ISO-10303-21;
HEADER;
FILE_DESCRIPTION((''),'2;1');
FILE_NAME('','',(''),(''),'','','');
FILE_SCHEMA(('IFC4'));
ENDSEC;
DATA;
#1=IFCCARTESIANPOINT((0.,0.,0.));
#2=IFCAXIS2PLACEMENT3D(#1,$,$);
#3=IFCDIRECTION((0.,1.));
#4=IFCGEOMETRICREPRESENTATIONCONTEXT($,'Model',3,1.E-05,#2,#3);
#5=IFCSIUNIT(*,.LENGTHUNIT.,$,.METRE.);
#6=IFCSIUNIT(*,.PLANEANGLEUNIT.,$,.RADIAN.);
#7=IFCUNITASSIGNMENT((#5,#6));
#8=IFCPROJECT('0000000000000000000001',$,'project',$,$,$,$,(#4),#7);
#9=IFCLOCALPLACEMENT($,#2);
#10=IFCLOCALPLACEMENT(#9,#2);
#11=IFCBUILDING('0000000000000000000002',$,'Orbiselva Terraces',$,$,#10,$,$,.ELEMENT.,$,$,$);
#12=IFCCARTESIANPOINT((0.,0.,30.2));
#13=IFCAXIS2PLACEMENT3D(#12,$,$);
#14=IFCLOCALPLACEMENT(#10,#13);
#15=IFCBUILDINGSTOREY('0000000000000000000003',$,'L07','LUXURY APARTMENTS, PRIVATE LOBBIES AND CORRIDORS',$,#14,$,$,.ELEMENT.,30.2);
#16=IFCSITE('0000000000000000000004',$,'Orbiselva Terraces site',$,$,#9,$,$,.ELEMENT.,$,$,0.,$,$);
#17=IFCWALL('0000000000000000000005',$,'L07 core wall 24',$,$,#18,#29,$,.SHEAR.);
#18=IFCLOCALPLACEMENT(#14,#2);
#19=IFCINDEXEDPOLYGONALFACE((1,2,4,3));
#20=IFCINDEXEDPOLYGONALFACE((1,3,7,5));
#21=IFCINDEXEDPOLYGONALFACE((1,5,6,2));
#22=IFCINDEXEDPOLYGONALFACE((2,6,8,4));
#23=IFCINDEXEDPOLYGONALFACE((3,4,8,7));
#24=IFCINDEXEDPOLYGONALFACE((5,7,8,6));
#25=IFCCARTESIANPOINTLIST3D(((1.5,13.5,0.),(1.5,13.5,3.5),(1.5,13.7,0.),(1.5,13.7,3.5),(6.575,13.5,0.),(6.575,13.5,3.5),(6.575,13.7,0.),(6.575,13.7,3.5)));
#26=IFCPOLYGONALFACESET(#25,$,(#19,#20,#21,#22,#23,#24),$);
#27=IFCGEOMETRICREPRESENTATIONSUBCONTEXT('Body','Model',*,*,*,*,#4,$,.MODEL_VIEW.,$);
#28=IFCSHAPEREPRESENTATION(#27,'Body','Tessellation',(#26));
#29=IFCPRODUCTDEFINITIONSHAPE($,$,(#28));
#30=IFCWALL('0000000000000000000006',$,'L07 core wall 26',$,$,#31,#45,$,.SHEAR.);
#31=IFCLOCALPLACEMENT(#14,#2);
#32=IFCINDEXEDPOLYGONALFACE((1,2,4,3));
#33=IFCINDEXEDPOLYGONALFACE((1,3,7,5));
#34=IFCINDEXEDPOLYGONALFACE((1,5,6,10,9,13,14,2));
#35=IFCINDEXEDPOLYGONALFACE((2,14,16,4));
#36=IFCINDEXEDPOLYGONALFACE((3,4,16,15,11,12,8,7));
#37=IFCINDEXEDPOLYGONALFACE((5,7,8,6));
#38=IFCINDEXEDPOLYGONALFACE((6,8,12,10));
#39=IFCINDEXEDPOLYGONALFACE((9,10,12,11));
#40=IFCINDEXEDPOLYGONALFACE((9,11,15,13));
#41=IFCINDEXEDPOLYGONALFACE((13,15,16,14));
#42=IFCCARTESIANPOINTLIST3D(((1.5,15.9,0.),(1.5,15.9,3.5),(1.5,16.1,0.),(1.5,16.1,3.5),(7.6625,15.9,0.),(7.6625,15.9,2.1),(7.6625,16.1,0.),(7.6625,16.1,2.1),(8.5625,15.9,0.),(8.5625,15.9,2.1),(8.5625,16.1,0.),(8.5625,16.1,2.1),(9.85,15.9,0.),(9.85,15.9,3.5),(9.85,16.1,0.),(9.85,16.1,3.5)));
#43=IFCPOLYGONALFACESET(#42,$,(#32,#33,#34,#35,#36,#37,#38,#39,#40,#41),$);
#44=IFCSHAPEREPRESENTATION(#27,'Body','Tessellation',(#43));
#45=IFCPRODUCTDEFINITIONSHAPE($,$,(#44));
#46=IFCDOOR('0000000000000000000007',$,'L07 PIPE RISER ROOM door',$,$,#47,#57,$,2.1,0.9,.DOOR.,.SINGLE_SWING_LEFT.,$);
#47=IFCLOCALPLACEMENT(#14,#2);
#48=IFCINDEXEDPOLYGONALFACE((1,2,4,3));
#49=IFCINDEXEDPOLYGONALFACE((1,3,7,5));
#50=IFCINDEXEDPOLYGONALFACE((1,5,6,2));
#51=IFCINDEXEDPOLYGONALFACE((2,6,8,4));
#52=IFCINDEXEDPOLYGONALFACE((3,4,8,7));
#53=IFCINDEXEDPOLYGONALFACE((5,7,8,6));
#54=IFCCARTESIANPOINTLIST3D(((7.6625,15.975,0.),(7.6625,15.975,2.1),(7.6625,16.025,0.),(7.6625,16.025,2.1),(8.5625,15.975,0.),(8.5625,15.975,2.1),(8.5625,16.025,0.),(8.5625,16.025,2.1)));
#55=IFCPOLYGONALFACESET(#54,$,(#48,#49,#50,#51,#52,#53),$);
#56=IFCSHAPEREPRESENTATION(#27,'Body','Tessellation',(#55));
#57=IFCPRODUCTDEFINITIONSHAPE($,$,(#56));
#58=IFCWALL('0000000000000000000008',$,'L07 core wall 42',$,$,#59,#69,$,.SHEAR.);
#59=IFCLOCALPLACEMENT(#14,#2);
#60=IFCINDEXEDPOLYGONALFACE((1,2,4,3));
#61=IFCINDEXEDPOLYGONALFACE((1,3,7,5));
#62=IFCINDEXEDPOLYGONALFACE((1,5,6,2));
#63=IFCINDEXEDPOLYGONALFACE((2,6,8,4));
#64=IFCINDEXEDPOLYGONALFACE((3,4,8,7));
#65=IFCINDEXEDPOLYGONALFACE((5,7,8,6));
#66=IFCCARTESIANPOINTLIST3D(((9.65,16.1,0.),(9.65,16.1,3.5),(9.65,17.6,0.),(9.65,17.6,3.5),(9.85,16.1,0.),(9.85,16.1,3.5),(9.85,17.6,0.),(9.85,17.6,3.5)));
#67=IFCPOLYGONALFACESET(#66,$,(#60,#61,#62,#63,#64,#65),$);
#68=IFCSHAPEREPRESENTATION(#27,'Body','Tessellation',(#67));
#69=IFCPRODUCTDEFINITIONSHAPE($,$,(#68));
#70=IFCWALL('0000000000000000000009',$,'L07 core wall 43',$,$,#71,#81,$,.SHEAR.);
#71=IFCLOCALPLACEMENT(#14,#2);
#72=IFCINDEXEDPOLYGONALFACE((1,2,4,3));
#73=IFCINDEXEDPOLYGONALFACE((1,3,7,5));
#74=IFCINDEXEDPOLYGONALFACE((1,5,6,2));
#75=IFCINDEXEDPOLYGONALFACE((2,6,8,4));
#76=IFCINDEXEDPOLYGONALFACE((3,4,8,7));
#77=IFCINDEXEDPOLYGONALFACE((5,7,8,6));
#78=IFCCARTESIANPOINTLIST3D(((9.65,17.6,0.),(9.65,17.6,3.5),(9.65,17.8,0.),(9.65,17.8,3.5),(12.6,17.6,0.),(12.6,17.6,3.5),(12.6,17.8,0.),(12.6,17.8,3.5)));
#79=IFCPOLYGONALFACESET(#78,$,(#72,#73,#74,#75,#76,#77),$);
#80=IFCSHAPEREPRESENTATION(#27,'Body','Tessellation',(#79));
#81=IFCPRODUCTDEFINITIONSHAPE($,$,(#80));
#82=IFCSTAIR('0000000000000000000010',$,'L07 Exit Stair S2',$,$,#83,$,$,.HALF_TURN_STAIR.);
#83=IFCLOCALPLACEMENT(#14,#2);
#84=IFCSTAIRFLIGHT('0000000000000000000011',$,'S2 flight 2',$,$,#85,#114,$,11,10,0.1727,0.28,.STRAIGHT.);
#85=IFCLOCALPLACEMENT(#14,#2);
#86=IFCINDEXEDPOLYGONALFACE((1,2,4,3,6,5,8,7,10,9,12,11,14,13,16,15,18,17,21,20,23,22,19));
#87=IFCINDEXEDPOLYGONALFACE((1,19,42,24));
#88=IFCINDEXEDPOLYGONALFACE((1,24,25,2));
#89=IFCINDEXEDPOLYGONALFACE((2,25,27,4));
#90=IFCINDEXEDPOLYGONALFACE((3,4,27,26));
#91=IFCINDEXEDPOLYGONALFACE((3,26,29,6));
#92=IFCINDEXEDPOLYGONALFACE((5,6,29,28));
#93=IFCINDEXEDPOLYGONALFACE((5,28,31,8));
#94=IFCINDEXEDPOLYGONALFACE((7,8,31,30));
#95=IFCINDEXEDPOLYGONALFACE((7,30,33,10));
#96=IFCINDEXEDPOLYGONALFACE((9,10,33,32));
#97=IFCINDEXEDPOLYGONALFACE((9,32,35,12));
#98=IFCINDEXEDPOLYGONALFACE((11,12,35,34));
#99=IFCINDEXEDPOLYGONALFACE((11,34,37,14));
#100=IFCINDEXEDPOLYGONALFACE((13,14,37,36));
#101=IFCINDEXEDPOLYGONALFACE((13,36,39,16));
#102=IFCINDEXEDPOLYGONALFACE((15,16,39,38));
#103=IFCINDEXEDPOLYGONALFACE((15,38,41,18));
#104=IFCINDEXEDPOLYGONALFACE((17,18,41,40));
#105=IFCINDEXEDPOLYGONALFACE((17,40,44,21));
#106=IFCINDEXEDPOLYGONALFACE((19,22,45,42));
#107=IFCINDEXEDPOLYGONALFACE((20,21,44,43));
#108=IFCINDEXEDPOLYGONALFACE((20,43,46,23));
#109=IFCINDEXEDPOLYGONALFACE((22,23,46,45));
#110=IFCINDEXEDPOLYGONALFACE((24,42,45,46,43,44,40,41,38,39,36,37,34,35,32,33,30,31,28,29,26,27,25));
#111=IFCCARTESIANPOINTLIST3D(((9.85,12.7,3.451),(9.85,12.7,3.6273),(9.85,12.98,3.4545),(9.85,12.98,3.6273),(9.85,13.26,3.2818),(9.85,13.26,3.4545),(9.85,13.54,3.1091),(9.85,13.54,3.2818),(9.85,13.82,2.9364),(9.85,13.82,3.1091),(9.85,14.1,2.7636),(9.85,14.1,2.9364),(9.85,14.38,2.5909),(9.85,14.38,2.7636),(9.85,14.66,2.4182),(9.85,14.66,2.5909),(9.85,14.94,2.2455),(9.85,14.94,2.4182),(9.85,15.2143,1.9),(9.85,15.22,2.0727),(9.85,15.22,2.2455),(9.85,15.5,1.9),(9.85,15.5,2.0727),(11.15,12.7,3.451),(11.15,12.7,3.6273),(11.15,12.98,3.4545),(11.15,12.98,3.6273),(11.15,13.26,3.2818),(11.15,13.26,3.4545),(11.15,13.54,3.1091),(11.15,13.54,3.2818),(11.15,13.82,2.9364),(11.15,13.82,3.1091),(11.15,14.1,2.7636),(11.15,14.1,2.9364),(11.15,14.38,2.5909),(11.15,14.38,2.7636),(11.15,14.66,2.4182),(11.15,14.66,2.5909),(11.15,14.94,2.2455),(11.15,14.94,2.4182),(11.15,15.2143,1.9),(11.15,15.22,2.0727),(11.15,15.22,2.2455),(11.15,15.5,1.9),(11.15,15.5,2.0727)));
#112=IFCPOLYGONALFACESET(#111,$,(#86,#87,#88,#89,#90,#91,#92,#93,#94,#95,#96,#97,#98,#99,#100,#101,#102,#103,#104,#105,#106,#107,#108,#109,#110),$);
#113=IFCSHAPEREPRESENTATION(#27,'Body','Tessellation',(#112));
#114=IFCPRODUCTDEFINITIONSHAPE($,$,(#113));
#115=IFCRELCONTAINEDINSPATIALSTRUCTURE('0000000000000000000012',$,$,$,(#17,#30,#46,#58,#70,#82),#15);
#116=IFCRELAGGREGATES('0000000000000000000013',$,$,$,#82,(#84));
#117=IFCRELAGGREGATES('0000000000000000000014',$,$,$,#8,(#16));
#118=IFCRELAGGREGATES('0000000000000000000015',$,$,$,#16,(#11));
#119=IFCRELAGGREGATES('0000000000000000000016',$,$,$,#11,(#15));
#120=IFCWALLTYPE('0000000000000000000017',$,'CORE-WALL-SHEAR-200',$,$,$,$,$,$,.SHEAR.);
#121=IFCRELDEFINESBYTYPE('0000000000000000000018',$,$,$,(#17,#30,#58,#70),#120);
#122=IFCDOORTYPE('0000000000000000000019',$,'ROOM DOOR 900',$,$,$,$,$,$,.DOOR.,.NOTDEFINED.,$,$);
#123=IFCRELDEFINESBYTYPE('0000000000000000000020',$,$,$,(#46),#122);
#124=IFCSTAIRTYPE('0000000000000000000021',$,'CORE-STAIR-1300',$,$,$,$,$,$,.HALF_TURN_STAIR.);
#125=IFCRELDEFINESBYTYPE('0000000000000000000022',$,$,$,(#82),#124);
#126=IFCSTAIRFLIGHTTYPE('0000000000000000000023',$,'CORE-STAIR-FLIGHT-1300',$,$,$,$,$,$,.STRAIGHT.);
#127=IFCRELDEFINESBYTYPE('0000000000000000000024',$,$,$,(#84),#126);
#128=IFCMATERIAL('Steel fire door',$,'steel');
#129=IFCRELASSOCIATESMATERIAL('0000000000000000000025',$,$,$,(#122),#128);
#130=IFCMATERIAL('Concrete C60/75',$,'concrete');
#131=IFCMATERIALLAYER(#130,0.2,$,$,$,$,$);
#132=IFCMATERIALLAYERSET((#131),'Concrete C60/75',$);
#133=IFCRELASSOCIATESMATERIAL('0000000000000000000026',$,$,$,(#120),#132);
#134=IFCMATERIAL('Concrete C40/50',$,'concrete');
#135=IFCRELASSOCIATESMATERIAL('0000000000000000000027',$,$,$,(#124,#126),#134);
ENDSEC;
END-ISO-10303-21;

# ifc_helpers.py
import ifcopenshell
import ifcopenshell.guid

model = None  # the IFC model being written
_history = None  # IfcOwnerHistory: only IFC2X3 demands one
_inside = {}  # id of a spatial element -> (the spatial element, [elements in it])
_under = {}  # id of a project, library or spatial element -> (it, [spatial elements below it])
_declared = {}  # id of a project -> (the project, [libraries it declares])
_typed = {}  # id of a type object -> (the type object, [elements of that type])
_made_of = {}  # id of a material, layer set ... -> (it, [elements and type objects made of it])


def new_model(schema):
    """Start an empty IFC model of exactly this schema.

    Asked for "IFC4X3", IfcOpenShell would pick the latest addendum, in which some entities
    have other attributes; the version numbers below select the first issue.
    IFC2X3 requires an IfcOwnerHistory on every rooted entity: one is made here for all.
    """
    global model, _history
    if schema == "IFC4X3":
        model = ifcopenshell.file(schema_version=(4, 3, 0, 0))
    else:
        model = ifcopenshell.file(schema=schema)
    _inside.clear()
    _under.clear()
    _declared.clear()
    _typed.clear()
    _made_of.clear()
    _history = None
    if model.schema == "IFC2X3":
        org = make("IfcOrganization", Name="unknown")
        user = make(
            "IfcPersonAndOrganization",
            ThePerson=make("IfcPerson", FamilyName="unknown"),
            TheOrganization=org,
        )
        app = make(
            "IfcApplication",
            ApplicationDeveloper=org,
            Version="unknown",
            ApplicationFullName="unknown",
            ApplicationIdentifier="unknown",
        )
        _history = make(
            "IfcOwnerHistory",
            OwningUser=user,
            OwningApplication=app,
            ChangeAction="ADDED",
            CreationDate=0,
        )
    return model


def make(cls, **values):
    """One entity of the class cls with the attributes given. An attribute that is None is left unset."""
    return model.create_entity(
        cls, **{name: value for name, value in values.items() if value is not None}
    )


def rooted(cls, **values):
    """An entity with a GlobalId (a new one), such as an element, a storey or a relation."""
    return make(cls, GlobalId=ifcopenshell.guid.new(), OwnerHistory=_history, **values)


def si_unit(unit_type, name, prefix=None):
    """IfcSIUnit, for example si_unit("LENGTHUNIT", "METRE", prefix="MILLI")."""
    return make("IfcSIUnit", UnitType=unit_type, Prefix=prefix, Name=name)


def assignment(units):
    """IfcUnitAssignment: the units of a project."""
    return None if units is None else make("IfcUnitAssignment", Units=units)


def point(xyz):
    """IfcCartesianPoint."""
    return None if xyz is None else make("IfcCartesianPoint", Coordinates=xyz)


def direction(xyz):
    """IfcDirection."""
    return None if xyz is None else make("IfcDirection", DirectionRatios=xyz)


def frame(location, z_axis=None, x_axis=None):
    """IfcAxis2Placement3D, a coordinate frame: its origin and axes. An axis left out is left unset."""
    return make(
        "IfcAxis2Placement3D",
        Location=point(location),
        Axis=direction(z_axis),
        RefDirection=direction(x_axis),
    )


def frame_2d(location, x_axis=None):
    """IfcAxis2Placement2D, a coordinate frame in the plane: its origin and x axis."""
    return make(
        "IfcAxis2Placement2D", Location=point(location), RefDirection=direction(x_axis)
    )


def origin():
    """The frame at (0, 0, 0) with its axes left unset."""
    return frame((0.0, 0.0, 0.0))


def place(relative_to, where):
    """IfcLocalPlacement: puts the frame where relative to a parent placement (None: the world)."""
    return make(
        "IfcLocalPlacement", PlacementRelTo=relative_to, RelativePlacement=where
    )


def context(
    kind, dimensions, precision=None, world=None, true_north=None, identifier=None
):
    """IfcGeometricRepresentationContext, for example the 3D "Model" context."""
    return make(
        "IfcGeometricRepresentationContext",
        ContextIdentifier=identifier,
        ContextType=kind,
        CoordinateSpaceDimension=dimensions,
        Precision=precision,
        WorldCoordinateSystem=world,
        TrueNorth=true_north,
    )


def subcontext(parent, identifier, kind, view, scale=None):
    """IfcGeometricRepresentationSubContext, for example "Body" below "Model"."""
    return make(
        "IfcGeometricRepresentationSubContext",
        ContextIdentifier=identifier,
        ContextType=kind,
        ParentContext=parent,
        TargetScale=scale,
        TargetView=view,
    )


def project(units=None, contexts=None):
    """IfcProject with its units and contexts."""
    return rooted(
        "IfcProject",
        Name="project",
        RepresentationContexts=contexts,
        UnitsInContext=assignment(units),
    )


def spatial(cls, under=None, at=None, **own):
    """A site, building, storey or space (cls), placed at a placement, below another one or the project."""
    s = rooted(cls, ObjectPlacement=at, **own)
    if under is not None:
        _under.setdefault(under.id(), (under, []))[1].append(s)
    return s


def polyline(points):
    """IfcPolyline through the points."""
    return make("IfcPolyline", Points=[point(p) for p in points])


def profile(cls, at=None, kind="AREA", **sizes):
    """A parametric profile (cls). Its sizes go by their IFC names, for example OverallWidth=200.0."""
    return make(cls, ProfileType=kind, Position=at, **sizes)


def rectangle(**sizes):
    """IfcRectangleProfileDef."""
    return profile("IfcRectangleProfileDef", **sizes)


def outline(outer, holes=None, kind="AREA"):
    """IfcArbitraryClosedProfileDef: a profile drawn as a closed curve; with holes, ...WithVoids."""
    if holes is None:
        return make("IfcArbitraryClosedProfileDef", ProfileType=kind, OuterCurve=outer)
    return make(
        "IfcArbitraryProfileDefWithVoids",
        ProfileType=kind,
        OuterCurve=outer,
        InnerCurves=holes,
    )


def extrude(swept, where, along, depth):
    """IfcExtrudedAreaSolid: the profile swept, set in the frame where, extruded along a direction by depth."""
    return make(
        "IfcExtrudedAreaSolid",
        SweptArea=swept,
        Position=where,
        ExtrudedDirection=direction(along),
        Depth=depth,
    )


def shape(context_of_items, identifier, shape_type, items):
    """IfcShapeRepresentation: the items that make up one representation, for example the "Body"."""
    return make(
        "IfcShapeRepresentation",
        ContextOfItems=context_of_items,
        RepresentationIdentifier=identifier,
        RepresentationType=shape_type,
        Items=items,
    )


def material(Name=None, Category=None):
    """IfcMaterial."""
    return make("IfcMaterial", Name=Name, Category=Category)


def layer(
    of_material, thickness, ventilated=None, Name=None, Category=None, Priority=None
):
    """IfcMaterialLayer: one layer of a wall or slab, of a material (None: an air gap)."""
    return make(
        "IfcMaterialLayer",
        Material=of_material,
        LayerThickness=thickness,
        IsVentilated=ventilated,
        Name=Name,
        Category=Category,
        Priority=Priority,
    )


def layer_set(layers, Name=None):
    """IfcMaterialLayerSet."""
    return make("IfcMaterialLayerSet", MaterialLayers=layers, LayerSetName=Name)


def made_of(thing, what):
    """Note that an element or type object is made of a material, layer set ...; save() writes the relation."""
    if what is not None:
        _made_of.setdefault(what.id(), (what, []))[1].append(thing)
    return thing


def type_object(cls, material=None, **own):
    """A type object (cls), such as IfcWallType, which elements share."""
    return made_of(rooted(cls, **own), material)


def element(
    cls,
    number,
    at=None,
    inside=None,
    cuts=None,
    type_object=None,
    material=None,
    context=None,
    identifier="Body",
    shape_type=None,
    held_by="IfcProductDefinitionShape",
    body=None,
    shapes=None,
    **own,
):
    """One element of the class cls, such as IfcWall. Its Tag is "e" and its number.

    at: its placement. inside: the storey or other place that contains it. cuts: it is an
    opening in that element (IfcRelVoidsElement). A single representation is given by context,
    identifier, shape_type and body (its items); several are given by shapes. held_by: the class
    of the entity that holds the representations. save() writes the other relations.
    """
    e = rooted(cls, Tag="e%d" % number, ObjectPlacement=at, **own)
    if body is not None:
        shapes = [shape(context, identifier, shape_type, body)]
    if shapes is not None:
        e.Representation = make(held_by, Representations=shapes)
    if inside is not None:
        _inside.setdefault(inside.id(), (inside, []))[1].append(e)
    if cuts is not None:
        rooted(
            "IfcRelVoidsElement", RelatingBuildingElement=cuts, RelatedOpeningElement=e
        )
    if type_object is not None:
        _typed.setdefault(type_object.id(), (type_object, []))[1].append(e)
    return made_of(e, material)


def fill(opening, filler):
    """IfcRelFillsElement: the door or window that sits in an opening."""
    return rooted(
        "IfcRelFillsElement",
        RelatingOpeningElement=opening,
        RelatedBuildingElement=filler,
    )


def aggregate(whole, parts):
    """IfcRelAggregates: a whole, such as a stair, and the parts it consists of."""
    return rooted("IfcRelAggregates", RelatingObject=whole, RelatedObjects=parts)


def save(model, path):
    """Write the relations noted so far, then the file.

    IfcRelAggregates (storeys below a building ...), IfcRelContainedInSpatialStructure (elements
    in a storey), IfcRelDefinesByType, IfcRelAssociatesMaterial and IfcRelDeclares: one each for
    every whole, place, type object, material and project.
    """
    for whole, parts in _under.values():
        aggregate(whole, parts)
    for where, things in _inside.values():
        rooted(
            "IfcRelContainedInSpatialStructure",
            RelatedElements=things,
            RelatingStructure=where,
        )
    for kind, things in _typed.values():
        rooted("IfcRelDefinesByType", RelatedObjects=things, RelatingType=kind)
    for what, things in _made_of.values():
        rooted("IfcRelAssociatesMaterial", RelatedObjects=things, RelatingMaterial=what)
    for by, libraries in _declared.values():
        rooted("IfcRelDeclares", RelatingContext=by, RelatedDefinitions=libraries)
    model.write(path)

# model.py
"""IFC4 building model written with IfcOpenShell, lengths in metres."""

from ifc_helpers import new_model, si_unit, direction, frame, frame_2d, origin, place, context, subcontext, project, spatial, polyline, rectangle, outline, extrude, material, layer, layer_set, type_object, element, fill, aggregate, save


model = new_model("IFC4")

# Units and contexts
model_context = context("Model", 3, precision=1e-05, world=origin(), true_north=direction((0.0, 1.0)))
body_context = subcontext(model_context, "Body", "Model", "MODEL_VIEW")
ifc_project = project(units=[si_unit("LENGTHUNIT", "METRE"), si_unit("PLANEANGLEUNIT", "RADIAN")], contexts=[model_context])

# Site, building, storey
site_placement = place(None, origin())
site = spatial("IfcSite", under=ifc_project, at=site_placement, Name="Orbiselva Terraces site", CompositionType="ELEMENT", RefElevation=0.0)
building_placement = place(site_placement, origin())
building = spatial("IfcBuilding", under=site, at=building_placement, Name="Orbiselva Terraces", CompositionType="ELEMENT")
storey_placement = place(building_placement, frame((0.0, 0.0, 30.2)))
storey = spatial("IfcBuildingStorey", under=building, at=storey_placement, Name="L07", Description="LUXURY APARTMENTS, PRIVATE LOBBIES AND CORRIDORS", CompositionType="ELEMENT", Elevation=30.2)

# Shared definitions
ifc_material_1 = material(Name="Steel fire door", Category="steel")
door_type = type_object("IfcDoorType", Name="ROOM DOOR 900", OperationType="NOTDEFINED", PredefinedType="DOOR", material=ifc_material_1)

# Shared definitions
ifc_material_2 = material(Name="Concrete C40/50", Category="concrete")

# Shared definitions
ifc_material_3 = material(Name="Concrete C60/75", Category="concrete")
ifc_layer_1 = layer(ifc_material_3, 0.2)
ifc_layer_set_1 = layer_set([ifc_layer_1], Name="Concrete C60/75")
wall_type_1 = type_object("IfcWallType", Name="CORE-WALL-SHEAR-200", PredefinedType="SHEAR", material=ifc_layer_set_1)

# Wall
wall_1_placement = place(storey_placement, frame((1.5, 13.6, 0.0), z_axis=(0.0, 0.0, 1.0), x_axis=(1.0, 0.0, 0.0)))
element("IfcWall", 1, at=wall_1_placement, inside=storey, type_object=wall_type_1, Name="L07 core wall 24", PredefinedType="SHEAR", context=body_context, shape_type="SweptSolid", body=[
    extrude(rectangle(XDim=5.075, YDim=0.2, at=frame_2d((2.5375, 0.0))), origin(), (0.0, 0.0, 1.0), 3.5),
])

# Wall, opening, door
wall_2_placement = place(storey_placement, frame((9.85, 16.0, 0.0), z_axis=(0.0, 0.0, 1.0), x_axis=(-1.0, 0.0, 0.0)))
wall_2 = element("IfcWall", 2, at=wall_2_placement, inside=storey, type_object=wall_type_1, Name="L07 core wall 26", PredefinedType="SHEAR", context=body_context, shape_type="SweptSolid", body=[
    extrude(rectangle(XDim=8.35, YDim=0.2, at=frame_2d((4.175, 0.0))), origin(), (0.0, 0.0, 1.0), 3.5),
])
opening_1_placement = place(wall_2_placement, frame((1.2875, 0.0, 0.0)))
opening_1 = element("IfcOpeningElement", 3, at=opening_1_placement, cuts=wall_2, PredefinedType="OPENING", context=body_context, shape_type="SweptSolid", body=[
    extrude(rectangle(XDim=0.9, YDim=2.1, at=frame_2d((0.45, 1.05))), frame((0.0, 0.11, 0.0), z_axis=(0.0, -1.0, 0.0), x_axis=(1.0, 0.0, 0.0)), (0.0, 0.0, 1.0), 0.22),
])
door_1_placement = place(opening_1_placement, origin())
door_1 = element("IfcDoor", 4, at=door_1_placement, inside=storey, type_object=door_type, Name="L07 PIPE RISER ROOM door", OperationType="SINGLE_SWING_LEFT", OverallHeight=2.1, OverallWidth=0.9, PredefinedType="DOOR", context=body_context, shape_type="SweptSolid", body=[
    extrude(rectangle(XDim=0.9, YDim=2.1, at=frame_2d((0.45, 1.05))), frame((0.0, 0.025, 0.0), z_axis=(0.0, -1.0, 0.0), x_axis=(1.0, 0.0, 0.0)), (0.0, 0.0, 1.0), 0.05),
])
fill(opening_1, door_1)

# Walls
wall_3_placement = place(storey_placement, frame((9.75, 16.1, 0.0), z_axis=(0.0, 0.0, 1.0), x_axis=(0.0, 1.0, 0.0)))
element("IfcWall", 5, at=wall_3_placement, inside=storey, type_object=wall_type_1, Name="L07 core wall 42", PredefinedType="SHEAR", context=body_context, shape_type="SweptSolid", body=[
    extrude(rectangle(XDim=1.5, YDim=0.2, at=frame_2d((0.75, 0.0))), origin(), (0.0, 0.0, 1.0), 3.5),
])
wall_4_placement = place(storey_placement, frame((9.65, 17.7, 0.0), z_axis=(0.0, 0.0, 1.0), x_axis=(1.0, 0.0, 0.0)))
element("IfcWall", 6, at=wall_4_placement, inside=storey, type_object=wall_type_1, Name="L07 core wall 43", PredefinedType="SHEAR", context=body_context, shape_type="SweptSolid", body=[
    extrude(rectangle(XDim=2.95, YDim=0.2, at=frame_2d((1.475, 0.0))), origin(), (0.0, 0.0, 1.0), 3.5),
])

# Stair, stair flight
stair_type = type_object("IfcStairType", Name="CORE-STAIR-1300", PredefinedType="HALF_TURN_STAIR", material=ifc_material_2)
stair_placement = place(storey_placement, origin())
stair = element("IfcStair", 7, at=stair_placement, inside=storey, type_object=stair_type, Name="L07 Exit Stair S2", PredefinedType="HALF_TURN_STAIR")
stair_flight_type = type_object("IfcStairFlightType", Name="CORE-STAIR-FLIGHT-1300", PredefinedType="STRAIGHT", material=ifc_material_2)
stair_flight_placement = place(storey_placement, frame((10.5, 15.5, 1.9), z_axis=(0.0, 0.0, 1.0), x_axis=(0.0, -1.0, 0.0)))
stair_flight = element("IfcStairFlight", 8, at=stair_flight_placement, type_object=stair_flight_type, Name="S2 flight 2", NumberOfRisers=11, NumberOfTreads=10, PredefinedType="STRAIGHT", RiserHeight=0.1727, TreadLength=0.28, context=body_context, shape_type="SweptSolid", body=[
    extrude(outline(polyline([(0.0, 0.0), (0.0, 0.1727), (0.28, 0.1727), (0.28, 0.3455), (0.56, 0.3455), (0.56, 0.5182), (0.84, 0.5182), (0.84, 0.6909), (1.12, 0.6909), (1.12, 0.8636), (1.4, 0.8636), (1.4, 1.0364), (1.68, 1.0364), (1.68, 1.2091), (1.96, 1.2091), (1.96, 1.3818), (2.24, 1.3818), (2.24, 1.5545), (2.52, 1.5545), (2.52, 1.7273), (2.8, 1.7273), (2.8, 1.9), (2.8, 1.551), (0.2857, 0.0), (0.0, 0.0)])), frame((0.0, 0.65, 0.0), z_axis=(0.0, -1.0, 0.0), x_axis=(1.0, 0.0, 0.0)), (0.0, 0.0, 1.0), 1.3),
])
aggregate(stair, [stair_flight])

save(model, "model.ifc")
